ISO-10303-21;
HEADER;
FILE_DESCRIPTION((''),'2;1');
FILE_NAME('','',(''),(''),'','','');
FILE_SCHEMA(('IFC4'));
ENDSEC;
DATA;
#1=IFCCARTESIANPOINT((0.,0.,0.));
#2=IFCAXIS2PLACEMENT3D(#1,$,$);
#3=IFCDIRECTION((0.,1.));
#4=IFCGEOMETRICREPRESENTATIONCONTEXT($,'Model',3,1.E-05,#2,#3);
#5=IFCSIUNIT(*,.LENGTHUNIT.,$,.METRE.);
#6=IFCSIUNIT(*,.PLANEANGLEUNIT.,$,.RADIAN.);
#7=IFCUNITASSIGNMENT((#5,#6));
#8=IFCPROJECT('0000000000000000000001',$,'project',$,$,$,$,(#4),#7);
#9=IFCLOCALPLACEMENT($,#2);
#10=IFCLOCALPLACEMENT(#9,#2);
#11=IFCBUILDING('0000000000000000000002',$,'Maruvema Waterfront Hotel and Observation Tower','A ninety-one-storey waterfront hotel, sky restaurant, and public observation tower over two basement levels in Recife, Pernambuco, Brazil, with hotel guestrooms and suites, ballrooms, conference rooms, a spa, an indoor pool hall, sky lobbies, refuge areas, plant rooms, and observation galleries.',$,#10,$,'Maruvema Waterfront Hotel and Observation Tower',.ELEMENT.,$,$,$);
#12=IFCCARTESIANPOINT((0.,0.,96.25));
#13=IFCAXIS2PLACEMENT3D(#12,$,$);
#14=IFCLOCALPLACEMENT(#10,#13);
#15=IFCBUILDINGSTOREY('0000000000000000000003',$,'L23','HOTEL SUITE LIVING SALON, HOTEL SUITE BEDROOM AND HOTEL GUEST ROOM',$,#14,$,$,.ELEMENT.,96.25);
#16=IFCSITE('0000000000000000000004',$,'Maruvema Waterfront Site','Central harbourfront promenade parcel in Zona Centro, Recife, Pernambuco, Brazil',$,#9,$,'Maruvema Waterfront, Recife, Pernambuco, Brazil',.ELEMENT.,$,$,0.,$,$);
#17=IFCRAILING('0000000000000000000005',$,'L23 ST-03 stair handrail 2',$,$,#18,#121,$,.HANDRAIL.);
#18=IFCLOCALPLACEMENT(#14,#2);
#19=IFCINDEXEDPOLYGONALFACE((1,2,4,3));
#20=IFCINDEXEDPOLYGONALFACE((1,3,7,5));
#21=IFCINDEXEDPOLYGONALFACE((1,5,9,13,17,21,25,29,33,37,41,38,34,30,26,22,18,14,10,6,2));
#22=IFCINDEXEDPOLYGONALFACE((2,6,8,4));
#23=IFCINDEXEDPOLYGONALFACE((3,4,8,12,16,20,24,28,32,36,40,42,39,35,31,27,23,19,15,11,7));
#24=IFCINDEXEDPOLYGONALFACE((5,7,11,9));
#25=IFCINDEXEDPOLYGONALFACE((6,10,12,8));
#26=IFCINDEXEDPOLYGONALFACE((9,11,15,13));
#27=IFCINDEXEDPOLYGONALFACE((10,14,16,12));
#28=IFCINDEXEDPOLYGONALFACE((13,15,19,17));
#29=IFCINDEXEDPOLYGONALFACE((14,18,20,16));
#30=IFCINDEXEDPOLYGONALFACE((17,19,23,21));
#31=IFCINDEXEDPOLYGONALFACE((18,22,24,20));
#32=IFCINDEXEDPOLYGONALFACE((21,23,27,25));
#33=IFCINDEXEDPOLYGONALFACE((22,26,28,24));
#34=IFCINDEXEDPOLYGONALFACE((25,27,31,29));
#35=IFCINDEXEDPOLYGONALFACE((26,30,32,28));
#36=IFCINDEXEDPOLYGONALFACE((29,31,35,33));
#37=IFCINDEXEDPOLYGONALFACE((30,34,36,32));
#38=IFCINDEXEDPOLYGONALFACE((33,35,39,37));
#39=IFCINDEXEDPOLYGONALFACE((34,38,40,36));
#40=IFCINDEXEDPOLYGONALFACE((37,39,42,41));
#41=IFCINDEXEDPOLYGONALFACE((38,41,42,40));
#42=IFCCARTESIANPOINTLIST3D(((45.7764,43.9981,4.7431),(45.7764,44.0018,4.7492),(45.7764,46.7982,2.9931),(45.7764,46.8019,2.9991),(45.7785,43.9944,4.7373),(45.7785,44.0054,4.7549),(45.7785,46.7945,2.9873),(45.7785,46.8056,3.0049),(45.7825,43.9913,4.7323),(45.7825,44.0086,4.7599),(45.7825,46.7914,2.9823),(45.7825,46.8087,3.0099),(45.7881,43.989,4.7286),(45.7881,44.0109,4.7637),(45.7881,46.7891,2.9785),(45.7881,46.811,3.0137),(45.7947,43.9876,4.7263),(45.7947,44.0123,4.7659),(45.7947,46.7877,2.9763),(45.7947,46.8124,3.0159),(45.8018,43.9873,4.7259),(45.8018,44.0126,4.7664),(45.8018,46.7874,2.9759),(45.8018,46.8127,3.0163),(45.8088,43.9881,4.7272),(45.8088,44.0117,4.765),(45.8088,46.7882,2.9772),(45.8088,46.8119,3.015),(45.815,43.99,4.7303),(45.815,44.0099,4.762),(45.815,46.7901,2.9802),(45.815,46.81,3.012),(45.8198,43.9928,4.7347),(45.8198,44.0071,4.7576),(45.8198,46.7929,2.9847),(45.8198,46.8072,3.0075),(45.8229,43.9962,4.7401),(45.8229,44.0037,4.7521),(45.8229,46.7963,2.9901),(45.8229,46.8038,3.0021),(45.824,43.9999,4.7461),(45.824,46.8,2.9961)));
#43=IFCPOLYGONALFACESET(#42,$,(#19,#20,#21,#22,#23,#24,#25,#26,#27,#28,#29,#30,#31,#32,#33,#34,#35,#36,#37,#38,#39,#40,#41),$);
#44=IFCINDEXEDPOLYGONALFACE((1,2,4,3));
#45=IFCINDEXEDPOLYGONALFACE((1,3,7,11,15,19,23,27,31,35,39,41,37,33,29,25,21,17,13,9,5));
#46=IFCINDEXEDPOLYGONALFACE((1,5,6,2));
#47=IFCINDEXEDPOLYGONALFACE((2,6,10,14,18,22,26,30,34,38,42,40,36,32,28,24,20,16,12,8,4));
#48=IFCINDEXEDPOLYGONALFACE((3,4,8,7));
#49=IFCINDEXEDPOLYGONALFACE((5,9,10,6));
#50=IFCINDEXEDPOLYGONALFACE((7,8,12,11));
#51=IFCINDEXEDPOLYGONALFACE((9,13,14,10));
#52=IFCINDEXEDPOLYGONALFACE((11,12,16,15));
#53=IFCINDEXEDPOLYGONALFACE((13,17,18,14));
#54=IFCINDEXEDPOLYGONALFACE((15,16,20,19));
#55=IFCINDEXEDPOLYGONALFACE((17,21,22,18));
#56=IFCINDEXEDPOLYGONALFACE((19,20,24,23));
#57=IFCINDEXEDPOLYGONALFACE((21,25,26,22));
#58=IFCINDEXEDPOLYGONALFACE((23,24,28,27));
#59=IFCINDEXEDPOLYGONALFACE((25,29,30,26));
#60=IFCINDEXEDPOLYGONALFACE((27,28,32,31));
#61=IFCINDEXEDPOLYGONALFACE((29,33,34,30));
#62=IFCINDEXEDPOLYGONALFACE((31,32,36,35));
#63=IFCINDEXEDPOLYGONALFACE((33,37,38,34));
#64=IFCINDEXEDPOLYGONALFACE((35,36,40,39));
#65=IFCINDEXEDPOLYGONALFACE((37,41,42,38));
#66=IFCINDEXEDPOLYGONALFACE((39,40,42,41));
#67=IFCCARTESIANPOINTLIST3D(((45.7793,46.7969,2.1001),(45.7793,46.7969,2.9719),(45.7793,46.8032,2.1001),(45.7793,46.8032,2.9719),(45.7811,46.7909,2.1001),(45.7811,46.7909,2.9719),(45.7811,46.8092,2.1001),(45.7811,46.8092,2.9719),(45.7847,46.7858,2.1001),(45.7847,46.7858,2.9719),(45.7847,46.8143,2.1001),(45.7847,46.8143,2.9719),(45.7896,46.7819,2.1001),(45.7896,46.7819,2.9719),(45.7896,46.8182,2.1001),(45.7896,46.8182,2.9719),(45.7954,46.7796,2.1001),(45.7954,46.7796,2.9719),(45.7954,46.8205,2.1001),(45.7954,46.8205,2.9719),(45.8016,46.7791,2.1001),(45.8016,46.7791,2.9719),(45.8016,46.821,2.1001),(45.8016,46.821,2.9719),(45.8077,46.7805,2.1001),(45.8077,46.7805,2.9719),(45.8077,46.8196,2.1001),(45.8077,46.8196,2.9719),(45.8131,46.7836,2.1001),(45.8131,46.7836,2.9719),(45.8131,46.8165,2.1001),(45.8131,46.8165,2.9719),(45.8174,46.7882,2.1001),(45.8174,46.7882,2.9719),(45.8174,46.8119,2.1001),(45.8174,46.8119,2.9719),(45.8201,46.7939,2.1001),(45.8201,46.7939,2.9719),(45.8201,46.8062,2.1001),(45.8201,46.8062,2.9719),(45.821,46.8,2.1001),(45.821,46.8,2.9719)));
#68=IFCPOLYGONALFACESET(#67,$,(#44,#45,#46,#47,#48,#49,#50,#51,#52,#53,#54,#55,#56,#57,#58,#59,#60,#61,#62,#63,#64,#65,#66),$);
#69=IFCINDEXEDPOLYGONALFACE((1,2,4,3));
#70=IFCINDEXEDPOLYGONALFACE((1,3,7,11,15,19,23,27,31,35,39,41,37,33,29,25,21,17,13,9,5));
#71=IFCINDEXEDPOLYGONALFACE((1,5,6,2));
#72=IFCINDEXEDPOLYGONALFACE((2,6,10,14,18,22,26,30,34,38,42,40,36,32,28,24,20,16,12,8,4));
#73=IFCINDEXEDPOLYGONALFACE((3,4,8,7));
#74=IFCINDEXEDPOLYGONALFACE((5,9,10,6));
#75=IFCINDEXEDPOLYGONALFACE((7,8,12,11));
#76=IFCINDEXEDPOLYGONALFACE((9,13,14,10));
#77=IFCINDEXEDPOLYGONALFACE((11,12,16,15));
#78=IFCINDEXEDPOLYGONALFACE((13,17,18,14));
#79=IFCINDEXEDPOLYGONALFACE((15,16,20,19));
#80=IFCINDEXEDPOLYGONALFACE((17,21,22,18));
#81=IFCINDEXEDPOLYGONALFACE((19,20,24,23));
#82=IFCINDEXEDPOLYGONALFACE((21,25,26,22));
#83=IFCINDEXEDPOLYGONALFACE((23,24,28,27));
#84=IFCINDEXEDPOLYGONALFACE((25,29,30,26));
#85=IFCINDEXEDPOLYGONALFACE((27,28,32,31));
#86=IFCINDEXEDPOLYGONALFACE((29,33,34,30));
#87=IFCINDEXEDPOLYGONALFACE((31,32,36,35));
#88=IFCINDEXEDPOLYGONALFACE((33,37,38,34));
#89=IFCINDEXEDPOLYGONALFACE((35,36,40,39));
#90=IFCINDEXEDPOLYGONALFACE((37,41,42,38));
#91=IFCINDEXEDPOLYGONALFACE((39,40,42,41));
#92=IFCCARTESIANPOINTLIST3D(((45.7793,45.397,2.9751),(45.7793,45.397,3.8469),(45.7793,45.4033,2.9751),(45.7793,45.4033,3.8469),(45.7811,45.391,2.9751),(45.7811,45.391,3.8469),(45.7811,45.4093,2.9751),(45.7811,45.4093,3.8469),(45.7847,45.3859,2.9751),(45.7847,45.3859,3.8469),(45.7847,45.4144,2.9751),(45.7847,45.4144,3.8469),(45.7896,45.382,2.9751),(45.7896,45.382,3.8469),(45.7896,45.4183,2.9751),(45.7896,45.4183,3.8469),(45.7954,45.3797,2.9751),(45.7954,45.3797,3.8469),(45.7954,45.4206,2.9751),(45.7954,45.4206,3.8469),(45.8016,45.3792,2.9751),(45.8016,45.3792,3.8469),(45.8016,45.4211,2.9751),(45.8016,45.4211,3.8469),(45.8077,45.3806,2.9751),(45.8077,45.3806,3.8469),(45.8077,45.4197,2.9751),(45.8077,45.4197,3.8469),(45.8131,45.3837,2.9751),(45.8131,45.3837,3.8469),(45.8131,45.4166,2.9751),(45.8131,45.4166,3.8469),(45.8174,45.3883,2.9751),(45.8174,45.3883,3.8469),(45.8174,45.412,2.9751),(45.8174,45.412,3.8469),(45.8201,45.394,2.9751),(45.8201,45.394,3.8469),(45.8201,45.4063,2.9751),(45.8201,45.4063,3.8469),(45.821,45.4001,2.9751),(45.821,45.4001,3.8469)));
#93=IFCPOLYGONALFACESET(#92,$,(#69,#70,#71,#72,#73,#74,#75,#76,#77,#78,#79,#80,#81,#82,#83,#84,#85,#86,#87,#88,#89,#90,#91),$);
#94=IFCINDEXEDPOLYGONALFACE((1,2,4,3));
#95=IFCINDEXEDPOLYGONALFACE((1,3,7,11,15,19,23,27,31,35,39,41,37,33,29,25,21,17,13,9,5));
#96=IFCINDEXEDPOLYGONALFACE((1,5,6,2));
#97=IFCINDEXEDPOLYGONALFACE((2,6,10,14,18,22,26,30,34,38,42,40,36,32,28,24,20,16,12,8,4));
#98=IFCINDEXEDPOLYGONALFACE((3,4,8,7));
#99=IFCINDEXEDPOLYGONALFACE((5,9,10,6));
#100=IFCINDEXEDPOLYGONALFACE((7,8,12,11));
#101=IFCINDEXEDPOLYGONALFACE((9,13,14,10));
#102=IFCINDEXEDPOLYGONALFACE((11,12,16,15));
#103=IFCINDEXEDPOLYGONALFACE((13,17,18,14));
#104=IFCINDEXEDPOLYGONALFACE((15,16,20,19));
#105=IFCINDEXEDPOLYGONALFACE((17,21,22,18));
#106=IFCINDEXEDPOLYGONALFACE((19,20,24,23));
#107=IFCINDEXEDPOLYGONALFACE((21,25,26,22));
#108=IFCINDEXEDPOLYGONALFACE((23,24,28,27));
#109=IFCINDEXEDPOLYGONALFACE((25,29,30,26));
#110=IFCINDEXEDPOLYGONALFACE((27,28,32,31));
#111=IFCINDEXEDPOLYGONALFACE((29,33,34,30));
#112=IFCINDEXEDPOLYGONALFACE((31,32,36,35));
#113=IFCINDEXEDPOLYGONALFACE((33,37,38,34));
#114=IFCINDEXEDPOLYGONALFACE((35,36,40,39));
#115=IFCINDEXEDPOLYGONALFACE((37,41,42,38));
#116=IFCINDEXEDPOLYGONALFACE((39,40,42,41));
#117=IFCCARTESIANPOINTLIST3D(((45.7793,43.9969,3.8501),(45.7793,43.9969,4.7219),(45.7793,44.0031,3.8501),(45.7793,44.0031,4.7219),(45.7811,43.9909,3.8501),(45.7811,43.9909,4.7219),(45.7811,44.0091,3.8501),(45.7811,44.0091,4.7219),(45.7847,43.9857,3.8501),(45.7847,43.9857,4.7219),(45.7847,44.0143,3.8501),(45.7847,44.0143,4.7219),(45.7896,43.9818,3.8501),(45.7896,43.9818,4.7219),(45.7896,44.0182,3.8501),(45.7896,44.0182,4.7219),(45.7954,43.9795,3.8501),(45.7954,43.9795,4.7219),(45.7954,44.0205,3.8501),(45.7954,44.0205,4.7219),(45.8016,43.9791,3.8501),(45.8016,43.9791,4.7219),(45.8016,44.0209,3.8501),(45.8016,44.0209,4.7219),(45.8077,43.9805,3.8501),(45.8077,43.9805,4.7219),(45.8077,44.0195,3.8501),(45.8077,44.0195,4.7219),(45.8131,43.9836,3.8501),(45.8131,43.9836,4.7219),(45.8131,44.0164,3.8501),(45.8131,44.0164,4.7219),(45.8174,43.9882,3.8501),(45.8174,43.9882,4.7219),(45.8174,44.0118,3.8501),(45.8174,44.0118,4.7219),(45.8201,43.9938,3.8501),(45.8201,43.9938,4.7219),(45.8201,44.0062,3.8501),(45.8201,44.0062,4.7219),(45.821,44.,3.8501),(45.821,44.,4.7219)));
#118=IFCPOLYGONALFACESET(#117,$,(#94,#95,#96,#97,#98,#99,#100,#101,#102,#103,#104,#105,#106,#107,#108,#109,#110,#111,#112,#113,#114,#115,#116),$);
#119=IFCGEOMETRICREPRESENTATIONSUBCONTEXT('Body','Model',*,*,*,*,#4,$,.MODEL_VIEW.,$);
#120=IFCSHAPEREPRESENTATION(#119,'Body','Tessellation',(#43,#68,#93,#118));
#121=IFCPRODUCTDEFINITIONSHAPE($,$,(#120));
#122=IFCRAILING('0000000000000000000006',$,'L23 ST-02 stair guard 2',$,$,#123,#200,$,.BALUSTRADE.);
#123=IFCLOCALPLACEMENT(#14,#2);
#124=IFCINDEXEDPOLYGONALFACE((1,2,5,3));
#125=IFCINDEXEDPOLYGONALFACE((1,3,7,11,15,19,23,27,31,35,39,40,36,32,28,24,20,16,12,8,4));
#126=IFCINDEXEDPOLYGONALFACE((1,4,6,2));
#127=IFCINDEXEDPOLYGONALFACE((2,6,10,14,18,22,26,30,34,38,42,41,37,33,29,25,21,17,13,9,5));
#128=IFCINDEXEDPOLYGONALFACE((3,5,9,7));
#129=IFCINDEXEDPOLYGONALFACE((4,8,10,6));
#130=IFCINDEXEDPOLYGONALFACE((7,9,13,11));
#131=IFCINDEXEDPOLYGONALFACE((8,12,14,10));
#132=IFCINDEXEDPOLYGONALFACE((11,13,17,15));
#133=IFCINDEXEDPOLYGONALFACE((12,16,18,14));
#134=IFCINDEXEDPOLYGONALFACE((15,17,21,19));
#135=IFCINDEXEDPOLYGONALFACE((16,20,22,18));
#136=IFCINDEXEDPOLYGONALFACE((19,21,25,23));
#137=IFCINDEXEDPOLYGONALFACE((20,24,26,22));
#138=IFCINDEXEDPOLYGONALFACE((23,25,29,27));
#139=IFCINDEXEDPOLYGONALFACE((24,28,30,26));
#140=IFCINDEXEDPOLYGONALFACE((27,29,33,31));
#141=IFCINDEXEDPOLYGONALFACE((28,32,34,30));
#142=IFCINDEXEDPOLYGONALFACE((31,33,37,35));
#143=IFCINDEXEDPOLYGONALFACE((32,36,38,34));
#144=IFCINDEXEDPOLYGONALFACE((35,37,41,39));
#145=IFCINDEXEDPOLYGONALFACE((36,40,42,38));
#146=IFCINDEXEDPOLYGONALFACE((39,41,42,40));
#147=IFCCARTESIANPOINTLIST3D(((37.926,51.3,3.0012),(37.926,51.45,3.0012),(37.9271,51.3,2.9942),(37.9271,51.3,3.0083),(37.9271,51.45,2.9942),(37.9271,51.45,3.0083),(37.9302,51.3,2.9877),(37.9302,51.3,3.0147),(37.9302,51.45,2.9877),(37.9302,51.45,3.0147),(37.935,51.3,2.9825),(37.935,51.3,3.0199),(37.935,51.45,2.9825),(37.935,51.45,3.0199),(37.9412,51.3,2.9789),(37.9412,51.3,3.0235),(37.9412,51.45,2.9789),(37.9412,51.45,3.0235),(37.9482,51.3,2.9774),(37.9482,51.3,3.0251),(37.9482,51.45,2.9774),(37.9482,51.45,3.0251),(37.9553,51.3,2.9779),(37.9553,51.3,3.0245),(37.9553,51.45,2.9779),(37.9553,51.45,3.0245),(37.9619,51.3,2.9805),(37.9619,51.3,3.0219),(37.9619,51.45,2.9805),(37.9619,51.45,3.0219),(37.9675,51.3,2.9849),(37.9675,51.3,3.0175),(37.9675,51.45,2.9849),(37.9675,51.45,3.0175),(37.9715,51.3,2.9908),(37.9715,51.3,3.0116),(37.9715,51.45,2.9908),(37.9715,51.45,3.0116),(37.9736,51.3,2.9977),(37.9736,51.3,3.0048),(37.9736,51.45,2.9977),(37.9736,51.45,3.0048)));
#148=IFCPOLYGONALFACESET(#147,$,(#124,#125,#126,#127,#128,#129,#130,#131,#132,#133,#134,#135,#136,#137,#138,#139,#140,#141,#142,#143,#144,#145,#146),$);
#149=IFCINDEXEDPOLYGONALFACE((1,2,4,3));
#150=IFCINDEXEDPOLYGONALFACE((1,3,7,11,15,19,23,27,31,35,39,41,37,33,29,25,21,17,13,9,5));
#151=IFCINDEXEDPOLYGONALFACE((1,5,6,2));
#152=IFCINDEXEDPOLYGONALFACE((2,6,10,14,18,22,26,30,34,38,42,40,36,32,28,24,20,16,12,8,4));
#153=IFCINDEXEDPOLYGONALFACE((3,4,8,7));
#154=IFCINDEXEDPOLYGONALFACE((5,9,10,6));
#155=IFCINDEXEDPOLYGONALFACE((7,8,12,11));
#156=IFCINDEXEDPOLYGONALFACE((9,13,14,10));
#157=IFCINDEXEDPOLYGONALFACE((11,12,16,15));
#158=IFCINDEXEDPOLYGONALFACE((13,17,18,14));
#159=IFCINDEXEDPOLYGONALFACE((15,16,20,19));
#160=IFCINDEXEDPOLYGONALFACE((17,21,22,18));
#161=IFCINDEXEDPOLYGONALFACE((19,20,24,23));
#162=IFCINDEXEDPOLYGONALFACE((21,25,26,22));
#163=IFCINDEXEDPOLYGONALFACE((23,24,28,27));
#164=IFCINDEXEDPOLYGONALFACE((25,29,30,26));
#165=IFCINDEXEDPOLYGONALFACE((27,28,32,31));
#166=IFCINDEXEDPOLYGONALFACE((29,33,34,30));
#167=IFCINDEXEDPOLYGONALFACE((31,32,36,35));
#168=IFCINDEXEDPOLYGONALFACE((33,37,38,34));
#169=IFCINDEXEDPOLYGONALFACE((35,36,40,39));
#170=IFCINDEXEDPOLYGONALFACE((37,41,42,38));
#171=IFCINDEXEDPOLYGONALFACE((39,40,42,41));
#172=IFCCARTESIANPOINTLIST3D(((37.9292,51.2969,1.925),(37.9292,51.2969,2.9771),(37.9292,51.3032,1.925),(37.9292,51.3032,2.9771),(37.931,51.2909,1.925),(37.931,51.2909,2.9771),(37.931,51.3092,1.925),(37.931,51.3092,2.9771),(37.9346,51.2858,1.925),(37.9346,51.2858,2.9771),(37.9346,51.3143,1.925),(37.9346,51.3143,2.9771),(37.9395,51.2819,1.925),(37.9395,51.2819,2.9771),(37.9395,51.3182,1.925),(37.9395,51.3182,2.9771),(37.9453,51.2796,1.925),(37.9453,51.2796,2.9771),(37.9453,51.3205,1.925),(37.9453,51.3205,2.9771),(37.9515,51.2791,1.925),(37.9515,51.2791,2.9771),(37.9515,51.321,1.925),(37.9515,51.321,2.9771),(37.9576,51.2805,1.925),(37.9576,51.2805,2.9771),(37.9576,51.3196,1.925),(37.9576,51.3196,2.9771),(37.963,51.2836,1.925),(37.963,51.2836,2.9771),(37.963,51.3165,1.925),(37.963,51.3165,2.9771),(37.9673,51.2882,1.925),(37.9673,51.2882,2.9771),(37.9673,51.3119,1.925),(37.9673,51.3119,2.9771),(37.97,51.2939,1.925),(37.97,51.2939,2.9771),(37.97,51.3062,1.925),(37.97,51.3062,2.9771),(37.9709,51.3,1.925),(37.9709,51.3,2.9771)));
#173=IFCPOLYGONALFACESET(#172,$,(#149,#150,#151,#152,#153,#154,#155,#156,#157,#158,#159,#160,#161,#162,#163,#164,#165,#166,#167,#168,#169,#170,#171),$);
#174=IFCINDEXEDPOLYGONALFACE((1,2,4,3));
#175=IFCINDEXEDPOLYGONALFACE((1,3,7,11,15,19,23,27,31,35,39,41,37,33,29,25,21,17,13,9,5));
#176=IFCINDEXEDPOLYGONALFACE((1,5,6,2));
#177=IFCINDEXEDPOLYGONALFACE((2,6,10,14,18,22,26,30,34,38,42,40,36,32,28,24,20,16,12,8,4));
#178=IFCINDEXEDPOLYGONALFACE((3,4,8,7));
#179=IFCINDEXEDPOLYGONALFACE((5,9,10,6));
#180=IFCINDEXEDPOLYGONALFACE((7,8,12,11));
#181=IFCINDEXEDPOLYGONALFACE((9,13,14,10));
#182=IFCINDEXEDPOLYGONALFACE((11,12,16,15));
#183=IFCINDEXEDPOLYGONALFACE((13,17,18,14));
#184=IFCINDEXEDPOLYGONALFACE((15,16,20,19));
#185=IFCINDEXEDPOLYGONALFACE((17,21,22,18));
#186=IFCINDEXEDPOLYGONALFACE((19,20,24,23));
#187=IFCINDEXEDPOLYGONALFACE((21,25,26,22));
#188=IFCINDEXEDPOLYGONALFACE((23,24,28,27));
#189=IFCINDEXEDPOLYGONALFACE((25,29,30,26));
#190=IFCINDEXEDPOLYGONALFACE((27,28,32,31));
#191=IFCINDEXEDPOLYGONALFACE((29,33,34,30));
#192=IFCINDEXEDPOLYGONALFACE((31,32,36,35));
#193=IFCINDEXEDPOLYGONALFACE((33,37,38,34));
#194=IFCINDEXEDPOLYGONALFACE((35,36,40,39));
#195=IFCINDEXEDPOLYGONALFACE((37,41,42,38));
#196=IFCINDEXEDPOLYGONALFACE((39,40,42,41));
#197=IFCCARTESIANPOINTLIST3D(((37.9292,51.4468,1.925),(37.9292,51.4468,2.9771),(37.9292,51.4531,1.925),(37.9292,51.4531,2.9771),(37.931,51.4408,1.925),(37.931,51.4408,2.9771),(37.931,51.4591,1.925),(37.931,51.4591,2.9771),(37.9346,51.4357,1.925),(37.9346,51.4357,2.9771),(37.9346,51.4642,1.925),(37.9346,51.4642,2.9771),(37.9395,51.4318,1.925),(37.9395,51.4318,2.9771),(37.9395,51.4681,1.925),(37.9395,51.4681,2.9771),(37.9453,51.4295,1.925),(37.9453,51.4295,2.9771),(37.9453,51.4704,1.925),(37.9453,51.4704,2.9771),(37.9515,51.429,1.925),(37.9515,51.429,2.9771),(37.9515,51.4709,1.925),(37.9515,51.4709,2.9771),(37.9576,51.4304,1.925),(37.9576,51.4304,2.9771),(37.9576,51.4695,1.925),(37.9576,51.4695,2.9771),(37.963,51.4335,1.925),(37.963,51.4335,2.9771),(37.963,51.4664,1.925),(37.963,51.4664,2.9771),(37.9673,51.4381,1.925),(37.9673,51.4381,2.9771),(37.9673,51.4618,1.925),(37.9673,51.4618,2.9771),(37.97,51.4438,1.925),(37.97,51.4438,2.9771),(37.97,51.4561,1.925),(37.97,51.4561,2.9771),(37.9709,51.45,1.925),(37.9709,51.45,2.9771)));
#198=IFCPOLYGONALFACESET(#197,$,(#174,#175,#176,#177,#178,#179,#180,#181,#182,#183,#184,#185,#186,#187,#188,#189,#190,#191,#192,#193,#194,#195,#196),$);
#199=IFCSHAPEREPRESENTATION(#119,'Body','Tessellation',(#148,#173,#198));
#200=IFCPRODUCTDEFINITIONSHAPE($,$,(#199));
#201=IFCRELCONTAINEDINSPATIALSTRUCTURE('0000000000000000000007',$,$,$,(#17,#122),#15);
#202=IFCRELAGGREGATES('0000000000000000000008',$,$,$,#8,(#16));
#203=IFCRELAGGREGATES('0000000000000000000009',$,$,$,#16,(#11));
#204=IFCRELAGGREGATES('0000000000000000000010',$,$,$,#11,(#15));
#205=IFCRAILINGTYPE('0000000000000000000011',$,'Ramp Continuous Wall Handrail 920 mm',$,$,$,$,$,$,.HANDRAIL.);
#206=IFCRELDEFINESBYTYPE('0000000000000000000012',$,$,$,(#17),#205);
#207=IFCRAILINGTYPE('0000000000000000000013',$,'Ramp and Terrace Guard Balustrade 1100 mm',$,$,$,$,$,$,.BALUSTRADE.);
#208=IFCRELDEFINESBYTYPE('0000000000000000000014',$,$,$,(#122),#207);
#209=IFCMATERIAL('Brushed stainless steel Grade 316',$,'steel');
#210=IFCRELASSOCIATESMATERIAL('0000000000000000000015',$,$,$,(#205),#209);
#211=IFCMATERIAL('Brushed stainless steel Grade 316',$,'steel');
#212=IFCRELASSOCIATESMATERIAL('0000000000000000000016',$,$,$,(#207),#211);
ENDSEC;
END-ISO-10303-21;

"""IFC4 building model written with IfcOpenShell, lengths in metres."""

from ifc_helpers import new_model, si_unit, direction, frame, origin, origin_2d, place, context, subcontext, project, spatial, circle, extrude, material, type_object, element, save


model = new_model("IFC4")

# Units and contexts
model_context = context("Model", 3, precision=1e-05, world=origin(), true_north=direction((0.0, 1.0)))
body_context = subcontext(model_context, "Body", "Model", "MODEL_VIEW")
ifc_project = project(units=[si_unit("LENGTHUNIT", "METRE"), si_unit("PLANEANGLEUNIT", "RADIAN")], contexts=[model_context])

# Site, building, storey
site_placement = place(None, origin())
site = spatial("IfcSite", under=ifc_project, at=site_placement, Name="Maruvema Waterfront Site", Description="Central harbourfront promenade parcel in Zona Centro, Recife, Pernambuco, Brazil", LongName="Maruvema Waterfront, Recife, Pernambuco, Brazil", CompositionType="ELEMENT", RefElevation=0.0)
building_placement = place(site_placement, origin())
building = spatial("IfcBuilding", under=site, at=building_placement, Name="Maruvema Waterfront Hotel and Observation Tower", Description="A ninety-one-storey waterfront hotel, sky restaurant, and public observation tower over two basement levels in Recife, Pernambuco, Brazil, with hotel guestrooms and suites, ballrooms, conference rooms, a spa, an indoor pool hall, sky lobbies, refuge areas, plant rooms, and observation galleries.", LongName="Maruvema Waterfront Hotel and Observation Tower", CompositionType="ELEMENT")
storey_placement = place(building_placement, frame((0.0, 0.0, 96.25)))
storey = spatial("IfcBuildingStorey", under=building, at=storey_placement, Name="L23", Description="HOTEL SUITE LIVING SALON, HOTEL SUITE BEDROOM AND HOTEL GUEST ROOM", CompositionType="ELEMENT", Elevation=96.25)

# Railings
ifc_material_1 = material(Name="Brushed stainless steel Grade 316", Category="steel")
railing_type_1 = type_object("IfcRailingType", Name="Ramp Continuous Wall Handrail 920 mm", PredefinedType="HANDRAIL", material=ifc_material_1)
railing_1_placement = place(storey_placement, frame((45.8, 46.8, 2.1001)))
element("IfcRailing", 1, at=railing_1_placement, inside=storey, type_object=railing_type_1, Name="L23 ST-03 stair handrail 2", PredefinedType="HANDRAIL", context=body_context, shape_type="SweptSolid", body=[
    extrude(circle(Radius=0.0239, at=origin_2d()), frame((0.0, 0.0, 0.896), z_axis=(0.0, -0.848002, 0.529992), x_axis=(1.0, 0.0, 0.0)), (0.0, 0.0, 1.0), 3.302),
    extrude(circle(Radius=0.021, at=origin_2d()), origin(), (0.0, 0.0, 1.0), 0.8718),
    extrude(circle(Radius=0.021, at=origin_2d()), frame((0.0, -1.3999, 0.875)), (0.0, 0.0, 1.0), 0.8718),
    extrude(circle(Radius=0.021, at=origin_2d()), frame((0.0, -2.8, 1.75)), (0.0, 0.0, 1.0), 0.8718),
])
ifc_material_2 = material(Name="Brushed stainless steel Grade 316", Category="steel")
railing_type_2 = type_object("IfcRailingType", Name="Ramp and Terrace Guard Balustrade 1100 mm", PredefinedType="BALUSTRADE", material=ifc_material_2)
railing_2_placement = place(storey_placement, frame((37.95, 51.3, 1.925)))
element("IfcRailing", 2, at=railing_2_placement, inside=storey, type_object=railing_type_2, Name="L23 ST-02 stair guard 2", PredefinedType="BALUSTRADE", context=body_context, shape_type="SweptSolid", body=[
    extrude(circle(Radius=0.0239, at=origin_2d()), frame((0.0, 0.0, 1.0762), z_axis=(0.0, 1.0, 0.0), x_axis=(-1.0, 0.0, 0.0)), (0.0, 0.0, 1.0), 0.1499),
    extrude(circle(Radius=0.021, at=origin_2d()), origin(), (0.0, 0.0, 1.0), 1.052),
    extrude(circle(Radius=0.021, at=origin_2d()), frame((0.0, 0.1499, 0.0)), (0.0, 0.0, 1.0), 1.052),
])

save(model, "model.ifc")
